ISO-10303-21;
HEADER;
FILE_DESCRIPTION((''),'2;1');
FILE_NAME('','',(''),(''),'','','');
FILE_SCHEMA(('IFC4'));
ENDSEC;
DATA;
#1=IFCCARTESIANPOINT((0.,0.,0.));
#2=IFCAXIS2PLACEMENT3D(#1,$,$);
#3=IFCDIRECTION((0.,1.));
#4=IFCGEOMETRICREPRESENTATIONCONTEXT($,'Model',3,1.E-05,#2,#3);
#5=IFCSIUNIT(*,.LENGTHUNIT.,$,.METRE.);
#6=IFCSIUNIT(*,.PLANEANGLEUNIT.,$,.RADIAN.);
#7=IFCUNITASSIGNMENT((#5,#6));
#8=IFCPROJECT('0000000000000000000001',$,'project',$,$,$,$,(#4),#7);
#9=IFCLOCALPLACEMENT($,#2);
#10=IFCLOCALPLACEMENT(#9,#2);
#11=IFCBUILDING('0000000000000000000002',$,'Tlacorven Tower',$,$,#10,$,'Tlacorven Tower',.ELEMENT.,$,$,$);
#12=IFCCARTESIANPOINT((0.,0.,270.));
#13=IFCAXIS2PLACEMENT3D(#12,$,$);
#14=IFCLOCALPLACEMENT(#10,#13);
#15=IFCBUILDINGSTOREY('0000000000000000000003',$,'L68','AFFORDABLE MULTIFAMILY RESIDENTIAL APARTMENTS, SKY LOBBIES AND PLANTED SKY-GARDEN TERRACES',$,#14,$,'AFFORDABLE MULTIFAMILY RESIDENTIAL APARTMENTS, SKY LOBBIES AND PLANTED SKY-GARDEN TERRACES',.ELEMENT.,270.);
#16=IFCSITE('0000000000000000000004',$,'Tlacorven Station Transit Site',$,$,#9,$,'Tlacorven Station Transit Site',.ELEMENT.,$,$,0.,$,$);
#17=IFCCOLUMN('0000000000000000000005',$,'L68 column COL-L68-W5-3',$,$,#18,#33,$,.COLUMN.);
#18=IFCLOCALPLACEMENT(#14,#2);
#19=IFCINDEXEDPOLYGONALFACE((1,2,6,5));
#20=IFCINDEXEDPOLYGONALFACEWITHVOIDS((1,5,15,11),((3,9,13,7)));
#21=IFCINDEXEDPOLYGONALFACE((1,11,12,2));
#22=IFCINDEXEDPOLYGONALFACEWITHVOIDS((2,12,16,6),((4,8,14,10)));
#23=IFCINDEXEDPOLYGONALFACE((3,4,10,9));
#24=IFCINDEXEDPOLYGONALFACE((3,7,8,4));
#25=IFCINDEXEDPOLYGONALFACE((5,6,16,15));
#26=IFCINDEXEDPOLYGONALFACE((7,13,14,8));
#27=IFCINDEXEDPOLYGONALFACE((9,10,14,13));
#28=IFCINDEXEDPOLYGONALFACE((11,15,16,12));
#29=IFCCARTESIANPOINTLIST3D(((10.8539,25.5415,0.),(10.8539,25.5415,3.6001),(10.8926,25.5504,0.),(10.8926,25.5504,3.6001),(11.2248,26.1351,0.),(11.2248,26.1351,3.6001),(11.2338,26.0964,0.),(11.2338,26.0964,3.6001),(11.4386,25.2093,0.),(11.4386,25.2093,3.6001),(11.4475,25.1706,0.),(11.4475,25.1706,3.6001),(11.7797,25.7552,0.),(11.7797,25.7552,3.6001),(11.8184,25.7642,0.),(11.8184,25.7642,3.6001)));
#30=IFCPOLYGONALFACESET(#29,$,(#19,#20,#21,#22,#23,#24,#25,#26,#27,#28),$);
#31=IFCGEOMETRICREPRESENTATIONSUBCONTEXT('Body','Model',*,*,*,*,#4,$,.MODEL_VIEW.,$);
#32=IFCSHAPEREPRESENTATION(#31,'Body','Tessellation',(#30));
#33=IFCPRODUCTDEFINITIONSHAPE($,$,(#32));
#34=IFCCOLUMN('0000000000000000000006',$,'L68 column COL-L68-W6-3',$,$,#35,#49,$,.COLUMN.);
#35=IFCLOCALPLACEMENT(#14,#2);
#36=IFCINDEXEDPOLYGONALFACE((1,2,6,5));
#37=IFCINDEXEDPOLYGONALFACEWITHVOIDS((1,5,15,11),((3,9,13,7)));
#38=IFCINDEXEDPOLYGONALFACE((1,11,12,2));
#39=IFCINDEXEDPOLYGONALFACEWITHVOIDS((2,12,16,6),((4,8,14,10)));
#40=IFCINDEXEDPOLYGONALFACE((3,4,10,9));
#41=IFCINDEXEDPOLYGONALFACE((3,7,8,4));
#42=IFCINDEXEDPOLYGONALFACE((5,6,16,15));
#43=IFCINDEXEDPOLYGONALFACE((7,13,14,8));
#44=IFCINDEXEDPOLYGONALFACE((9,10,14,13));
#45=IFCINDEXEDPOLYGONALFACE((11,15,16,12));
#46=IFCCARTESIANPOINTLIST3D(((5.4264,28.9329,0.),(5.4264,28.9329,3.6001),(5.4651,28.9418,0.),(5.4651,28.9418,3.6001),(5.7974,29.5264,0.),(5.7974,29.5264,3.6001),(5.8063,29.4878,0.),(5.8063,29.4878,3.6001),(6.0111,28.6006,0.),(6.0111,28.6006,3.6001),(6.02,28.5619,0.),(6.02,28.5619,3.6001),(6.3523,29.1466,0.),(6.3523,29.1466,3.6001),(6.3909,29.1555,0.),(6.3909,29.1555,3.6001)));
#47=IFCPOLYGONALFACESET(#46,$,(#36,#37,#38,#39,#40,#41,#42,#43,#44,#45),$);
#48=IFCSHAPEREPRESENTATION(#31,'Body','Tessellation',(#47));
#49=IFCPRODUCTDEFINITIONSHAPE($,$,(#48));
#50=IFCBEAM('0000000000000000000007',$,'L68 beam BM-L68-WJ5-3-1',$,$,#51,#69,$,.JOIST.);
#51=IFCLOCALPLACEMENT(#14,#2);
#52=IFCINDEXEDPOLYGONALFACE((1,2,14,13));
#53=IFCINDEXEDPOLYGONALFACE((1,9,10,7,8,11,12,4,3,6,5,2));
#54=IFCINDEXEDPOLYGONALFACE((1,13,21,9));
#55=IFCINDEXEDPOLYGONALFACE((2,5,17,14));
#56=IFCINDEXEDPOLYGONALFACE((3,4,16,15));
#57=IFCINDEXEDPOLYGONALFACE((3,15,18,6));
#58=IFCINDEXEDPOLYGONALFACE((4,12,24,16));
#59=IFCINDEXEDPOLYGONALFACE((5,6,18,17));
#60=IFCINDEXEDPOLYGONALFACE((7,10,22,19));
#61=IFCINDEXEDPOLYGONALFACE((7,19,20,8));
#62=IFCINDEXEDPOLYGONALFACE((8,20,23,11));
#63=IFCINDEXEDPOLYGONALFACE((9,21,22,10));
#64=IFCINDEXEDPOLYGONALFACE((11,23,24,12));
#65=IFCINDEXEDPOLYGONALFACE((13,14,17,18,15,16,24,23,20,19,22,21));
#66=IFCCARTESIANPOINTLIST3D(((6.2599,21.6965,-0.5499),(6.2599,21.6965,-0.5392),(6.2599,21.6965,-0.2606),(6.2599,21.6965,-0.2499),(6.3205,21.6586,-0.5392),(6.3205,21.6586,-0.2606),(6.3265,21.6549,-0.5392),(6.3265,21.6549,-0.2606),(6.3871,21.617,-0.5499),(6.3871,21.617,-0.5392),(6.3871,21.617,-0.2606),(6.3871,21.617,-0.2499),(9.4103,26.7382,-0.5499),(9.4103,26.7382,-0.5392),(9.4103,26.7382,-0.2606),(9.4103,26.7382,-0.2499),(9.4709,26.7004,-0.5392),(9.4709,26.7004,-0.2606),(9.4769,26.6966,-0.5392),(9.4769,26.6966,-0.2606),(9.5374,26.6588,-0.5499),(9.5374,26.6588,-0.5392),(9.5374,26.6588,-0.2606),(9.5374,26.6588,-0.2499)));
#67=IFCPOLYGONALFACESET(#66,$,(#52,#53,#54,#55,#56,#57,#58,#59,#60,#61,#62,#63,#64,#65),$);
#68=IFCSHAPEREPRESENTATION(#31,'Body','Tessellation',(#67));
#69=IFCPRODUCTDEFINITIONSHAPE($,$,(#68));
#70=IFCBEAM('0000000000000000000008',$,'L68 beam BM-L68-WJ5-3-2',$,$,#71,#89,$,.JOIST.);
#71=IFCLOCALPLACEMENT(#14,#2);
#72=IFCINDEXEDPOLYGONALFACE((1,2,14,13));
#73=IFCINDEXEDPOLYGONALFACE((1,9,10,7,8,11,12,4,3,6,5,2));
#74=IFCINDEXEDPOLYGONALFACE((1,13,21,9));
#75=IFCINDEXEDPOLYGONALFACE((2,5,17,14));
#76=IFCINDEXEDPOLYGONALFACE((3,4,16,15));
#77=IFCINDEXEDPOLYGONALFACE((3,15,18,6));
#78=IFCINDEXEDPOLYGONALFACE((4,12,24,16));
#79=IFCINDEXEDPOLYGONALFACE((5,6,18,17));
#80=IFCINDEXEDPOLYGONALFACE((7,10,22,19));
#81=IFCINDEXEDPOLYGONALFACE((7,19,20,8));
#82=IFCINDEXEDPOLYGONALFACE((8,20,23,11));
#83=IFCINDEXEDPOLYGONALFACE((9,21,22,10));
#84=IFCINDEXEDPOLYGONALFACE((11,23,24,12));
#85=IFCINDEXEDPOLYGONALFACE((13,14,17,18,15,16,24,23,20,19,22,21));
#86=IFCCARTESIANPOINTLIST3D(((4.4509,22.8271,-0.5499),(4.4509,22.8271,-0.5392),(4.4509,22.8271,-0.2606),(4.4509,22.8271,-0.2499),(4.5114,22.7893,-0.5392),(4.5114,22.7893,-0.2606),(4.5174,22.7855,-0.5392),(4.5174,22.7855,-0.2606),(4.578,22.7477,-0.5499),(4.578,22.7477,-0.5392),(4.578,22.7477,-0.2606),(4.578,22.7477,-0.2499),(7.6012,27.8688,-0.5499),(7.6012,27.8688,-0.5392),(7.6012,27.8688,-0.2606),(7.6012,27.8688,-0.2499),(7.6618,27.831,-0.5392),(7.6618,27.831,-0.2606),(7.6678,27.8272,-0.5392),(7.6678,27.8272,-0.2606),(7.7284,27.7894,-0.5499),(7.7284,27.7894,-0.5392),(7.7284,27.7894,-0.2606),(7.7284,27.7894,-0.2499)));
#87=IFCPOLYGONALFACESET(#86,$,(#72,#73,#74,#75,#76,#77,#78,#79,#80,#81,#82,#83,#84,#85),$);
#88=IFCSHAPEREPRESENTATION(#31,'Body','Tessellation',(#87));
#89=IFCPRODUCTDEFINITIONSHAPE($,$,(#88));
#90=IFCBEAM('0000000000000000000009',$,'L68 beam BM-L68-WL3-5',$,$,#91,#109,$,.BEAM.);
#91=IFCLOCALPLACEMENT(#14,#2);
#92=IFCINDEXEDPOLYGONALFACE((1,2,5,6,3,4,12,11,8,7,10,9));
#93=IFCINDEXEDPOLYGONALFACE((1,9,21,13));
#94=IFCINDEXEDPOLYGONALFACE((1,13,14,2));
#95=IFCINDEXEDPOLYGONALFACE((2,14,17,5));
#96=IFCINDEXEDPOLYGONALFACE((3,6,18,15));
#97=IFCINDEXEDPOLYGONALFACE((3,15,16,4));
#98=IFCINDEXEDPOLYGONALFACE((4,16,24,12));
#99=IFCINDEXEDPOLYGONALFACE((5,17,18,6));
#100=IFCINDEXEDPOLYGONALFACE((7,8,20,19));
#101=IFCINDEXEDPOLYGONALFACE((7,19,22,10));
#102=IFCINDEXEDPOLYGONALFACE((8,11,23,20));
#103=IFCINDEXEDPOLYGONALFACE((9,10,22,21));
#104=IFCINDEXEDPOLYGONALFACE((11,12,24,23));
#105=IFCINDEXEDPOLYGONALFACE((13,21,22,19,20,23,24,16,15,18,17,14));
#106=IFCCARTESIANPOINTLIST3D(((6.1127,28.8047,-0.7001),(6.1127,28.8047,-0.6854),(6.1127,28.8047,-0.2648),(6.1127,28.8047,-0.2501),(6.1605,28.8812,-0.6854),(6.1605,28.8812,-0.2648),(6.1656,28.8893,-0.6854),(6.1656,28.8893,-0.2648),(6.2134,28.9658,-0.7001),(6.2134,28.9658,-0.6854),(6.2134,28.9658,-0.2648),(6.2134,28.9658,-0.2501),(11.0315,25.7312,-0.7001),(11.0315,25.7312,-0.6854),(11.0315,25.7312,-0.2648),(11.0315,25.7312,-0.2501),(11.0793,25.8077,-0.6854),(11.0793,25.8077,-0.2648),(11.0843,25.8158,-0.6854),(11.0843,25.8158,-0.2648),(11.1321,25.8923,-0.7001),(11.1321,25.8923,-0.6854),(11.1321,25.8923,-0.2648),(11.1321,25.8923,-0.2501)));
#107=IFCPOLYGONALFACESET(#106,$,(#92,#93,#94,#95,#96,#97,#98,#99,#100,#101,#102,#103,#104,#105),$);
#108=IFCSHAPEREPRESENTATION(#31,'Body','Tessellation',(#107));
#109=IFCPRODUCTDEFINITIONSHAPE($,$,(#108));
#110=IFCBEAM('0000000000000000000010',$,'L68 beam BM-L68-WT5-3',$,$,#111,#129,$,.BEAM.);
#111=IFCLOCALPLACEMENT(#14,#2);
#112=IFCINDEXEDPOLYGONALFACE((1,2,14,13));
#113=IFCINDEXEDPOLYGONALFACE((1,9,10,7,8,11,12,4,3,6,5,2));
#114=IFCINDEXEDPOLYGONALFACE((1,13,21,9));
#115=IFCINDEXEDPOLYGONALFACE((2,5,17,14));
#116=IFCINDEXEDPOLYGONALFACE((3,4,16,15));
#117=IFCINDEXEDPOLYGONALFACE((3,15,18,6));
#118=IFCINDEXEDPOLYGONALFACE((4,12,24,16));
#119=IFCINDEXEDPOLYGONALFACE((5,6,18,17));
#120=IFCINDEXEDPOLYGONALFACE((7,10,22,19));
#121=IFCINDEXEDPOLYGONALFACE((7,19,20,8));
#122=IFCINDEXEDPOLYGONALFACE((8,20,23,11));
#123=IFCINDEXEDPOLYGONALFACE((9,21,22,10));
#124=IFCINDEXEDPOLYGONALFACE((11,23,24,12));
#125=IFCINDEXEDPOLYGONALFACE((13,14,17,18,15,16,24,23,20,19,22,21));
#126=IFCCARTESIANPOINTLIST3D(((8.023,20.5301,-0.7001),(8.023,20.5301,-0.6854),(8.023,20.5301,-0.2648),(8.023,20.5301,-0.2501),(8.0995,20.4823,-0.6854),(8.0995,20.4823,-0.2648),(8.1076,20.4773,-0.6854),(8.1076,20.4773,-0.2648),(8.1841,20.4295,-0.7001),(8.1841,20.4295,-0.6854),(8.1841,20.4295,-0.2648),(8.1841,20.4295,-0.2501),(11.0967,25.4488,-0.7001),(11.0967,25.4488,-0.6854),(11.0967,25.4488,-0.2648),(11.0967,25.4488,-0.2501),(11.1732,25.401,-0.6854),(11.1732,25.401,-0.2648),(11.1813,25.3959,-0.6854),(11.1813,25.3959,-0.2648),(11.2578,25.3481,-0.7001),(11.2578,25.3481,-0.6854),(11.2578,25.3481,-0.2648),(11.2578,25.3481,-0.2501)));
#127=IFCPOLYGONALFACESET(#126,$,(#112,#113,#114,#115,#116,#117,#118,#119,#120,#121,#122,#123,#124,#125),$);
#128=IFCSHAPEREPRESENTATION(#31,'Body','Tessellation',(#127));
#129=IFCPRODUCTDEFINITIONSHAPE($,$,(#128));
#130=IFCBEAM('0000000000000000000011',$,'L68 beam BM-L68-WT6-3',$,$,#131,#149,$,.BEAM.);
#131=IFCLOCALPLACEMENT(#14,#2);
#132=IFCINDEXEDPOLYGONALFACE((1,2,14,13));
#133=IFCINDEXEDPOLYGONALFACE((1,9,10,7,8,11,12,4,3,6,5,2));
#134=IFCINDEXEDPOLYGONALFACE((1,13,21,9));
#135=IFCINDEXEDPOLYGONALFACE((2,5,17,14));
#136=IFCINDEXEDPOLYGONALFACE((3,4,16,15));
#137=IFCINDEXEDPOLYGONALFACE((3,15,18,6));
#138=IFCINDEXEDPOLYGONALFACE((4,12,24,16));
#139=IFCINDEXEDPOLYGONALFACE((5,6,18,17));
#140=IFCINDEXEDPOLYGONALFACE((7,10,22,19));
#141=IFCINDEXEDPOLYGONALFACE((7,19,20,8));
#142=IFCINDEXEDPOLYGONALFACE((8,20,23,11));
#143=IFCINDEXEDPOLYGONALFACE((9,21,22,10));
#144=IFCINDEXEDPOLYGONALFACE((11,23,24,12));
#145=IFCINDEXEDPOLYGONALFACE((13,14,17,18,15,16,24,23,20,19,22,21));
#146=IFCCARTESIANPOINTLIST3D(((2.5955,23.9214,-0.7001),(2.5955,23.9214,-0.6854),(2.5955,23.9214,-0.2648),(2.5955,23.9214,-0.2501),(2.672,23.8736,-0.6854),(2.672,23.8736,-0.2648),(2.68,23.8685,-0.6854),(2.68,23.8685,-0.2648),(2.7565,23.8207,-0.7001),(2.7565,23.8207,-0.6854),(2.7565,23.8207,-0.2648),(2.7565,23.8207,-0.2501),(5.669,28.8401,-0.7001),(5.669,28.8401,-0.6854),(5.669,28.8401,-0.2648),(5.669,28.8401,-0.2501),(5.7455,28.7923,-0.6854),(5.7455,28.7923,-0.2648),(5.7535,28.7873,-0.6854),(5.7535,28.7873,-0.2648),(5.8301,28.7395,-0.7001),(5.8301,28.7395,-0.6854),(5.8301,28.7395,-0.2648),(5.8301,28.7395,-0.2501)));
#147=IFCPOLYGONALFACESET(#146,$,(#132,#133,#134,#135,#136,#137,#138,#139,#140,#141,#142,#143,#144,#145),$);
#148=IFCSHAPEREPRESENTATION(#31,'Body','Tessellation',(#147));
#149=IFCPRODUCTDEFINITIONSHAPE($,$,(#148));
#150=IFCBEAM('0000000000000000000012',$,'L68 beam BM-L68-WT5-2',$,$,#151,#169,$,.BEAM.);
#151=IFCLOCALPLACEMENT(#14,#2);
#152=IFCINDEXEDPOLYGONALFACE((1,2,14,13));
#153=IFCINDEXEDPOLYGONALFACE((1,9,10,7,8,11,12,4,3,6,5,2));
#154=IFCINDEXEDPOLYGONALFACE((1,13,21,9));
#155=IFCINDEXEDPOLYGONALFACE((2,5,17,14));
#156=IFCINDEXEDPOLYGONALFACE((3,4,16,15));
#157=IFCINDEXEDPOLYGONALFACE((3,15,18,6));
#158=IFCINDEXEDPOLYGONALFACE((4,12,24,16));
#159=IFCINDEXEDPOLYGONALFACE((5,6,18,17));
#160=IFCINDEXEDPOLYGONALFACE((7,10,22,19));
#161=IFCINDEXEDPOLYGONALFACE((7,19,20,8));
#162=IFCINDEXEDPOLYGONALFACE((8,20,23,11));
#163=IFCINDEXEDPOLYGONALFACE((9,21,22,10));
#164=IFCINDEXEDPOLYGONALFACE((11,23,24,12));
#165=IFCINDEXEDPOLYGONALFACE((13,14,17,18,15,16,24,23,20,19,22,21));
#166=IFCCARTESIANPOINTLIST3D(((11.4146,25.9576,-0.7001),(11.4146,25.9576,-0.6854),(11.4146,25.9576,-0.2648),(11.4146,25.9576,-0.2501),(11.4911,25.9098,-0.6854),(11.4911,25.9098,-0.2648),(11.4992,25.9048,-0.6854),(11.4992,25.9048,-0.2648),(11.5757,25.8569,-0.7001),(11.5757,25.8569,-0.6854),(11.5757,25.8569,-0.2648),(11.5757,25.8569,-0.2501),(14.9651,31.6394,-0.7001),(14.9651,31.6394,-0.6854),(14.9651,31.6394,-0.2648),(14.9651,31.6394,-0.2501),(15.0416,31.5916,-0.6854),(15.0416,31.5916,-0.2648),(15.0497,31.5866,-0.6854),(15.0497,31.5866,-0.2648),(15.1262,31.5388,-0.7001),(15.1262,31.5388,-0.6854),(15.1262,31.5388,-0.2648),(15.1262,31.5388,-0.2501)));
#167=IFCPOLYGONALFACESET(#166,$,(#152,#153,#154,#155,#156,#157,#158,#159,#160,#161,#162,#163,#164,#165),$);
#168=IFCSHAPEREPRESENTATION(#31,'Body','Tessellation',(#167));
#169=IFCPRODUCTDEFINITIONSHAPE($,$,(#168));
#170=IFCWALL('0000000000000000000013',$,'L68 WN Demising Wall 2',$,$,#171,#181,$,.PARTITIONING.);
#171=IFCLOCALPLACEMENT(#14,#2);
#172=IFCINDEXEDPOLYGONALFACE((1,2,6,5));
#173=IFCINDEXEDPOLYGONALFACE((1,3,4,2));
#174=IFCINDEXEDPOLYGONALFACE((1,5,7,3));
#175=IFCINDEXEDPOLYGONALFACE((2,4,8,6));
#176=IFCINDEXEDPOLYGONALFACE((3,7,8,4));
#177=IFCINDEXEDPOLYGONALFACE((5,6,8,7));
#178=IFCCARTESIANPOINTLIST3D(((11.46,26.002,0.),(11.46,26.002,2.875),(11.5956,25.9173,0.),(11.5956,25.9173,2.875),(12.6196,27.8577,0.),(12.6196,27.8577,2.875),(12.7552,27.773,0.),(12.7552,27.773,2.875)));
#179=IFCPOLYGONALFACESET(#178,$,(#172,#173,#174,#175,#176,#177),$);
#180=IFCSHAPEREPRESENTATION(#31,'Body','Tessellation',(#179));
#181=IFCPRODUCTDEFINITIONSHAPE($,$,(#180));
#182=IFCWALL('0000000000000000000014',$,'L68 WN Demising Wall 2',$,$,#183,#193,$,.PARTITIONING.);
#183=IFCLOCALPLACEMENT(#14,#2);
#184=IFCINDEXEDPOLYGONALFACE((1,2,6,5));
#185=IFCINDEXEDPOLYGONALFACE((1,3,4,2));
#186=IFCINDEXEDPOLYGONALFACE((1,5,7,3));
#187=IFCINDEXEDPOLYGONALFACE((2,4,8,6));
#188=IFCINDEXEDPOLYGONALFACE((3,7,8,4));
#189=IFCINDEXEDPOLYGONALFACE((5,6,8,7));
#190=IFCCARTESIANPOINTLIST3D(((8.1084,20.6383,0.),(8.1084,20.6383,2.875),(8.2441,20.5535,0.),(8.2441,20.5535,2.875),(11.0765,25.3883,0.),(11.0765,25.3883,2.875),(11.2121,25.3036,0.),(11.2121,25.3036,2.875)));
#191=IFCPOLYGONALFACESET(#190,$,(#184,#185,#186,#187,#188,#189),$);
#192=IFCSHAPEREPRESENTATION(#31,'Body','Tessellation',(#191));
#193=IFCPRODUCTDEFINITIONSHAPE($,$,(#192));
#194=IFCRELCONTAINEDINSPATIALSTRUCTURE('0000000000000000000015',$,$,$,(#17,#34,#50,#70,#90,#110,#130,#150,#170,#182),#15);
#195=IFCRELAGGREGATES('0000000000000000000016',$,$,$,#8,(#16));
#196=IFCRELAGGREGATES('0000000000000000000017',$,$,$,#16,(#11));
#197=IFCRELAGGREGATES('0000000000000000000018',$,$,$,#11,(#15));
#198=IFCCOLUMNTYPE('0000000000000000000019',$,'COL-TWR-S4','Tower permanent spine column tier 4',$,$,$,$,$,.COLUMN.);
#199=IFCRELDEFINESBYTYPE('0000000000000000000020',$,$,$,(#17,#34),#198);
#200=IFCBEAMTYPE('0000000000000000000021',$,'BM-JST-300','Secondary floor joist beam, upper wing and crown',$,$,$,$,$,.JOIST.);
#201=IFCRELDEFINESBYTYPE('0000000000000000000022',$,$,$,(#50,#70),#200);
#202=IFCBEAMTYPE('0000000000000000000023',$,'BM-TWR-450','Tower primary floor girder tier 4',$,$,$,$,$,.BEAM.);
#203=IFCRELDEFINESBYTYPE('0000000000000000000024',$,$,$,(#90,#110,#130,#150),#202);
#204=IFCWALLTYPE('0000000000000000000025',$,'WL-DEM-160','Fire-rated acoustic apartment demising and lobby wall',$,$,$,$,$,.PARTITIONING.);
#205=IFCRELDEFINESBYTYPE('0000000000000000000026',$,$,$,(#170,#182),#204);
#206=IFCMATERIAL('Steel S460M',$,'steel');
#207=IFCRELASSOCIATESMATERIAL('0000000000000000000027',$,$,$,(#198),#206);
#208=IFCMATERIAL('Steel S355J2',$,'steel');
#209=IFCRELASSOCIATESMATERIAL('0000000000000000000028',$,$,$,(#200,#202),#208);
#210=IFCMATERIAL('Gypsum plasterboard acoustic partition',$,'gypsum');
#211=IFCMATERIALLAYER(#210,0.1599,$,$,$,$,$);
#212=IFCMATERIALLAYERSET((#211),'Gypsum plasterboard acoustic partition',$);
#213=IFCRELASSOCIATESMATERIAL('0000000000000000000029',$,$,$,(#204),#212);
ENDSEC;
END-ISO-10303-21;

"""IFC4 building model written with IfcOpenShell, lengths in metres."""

from ifc_helpers import new_model, si_unit, direction, frame, frame_2d, origin, origin_2d, place, context, subcontext, project, spatial, rectangle, hollow_rectangle, i_section, extrude, source, transform, mapped, material, layer, layer_set, material_profile, profile_set, type_object, element, save


model = new_model("IFC4")

# Units and contexts
model_context = context("Model", 3, precision=1e-05, world=origin(), true_north=direction((0.0, 1.0)))
body_context = subcontext(model_context, "Body", "Model", "MODEL_VIEW")
ifc_project = project(units=[si_unit("LENGTHUNIT", "METRE"), si_unit("PLANEANGLEUNIT", "RADIAN")], contexts=[model_context])

# Site, building, storey
site_placement = place(None, origin())
site = spatial("IfcSite", under=ifc_project, at=site_placement, Name="Tlacorven Station Transit Site", LongName="Tlacorven Station Transit Site", CompositionType="ELEMENT", RefElevation=0.0)
building_placement = place(site_placement, origin())
building = spatial("IfcBuilding", under=site, at=building_placement, Name="Tlacorven Tower", LongName="Tlacorven Tower", CompositionType="ELEMENT")
storey_placement = place(building_placement, frame((0.0, 0.0, 270.0)))
storey = spatial("IfcBuildingStorey", under=building, at=storey_placement, Name="L68", Description="AFFORDABLE MULTIFAMILY RESIDENTIAL APARTMENTS, SKY LOBBIES AND PLANTED SKY-GARDEN TERRACES", LongName="AFFORDABLE MULTIFAMILY RESIDENTIAL APARTMENTS, SKY LOBBIES AND PLANTED SKY-GARDEN TERRACES", CompositionType="ELEMENT", Elevation=270.0)

# Columns
ifc_material_1 = material(Name="Steel S460M", Category="steel")
ifc_material_profile_1 = material_profile(ifc_material_1, hollow_rectangle(XDim=0.7, YDim=0.7, WallThickness=0.0281, at=origin_2d()), Name="BOX 700X700X28")
ifc_profile_set_1 = profile_set([ifc_material_profile_1], Name="Steel S460M")
column_type = type_object("IfcColumnType", Name="COL-TWR-S4", Description="Tower permanent spine column tier 4", PredefinedType="COLUMN", material=ifc_profile_set_1)
shared_shape_1 = source(origin(), body_context, "Body", "SweptSolid", [
    extrude(hollow_rectangle(XDim=0.7, YDim=0.7, WallThickness=0.0281, at=origin_2d()), origin(), (0.0, 0.0, 1.0), 3.6001),
])
for number, where, z_axis, x_axis, name in (
    (1, (11.3362, 25.6528, 0.0), (0.0, 0.0, 1.0), (-0.848048, 0.529919, 0.0), "L68 column COL-L68-W5-3"),
    (2, (5.9087, 29.0442, 0.0), (0.0, 0.0, 1.0), (-0.848048, 0.529919, 0.0), "L68 column COL-L68-W6-3"),
):
    element("IfcColumn", number, at=place(storey_placement, frame(where, z_axis=z_axis, x_axis=x_axis)), inside=storey, type_object=column_type, Name=name, PredefinedType="COLUMN", context=body_context, shape_type="MappedRepresentation", body=[
        mapped(shared_shape_1, transform((0.0, 0.0, 0.0), scale=1.0)),
    ])

# Beams
ifc_material_2 = material(Name="Steel S355J2", Category="steel")
ifc_material_profile_2 = material_profile(ifc_material_2, i_section(OverallWidth=0.1499, OverallDepth=0.3, WebThickness=0.0071, FlangeThickness=0.0107, at=origin_2d()), Name="IPE 300")
ifc_profile_set_2 = profile_set([ifc_material_profile_2], Name="Steel S355J2")
beam_type_1 = type_object("IfcBeamType", Name="BM-JST-300", Description="Secondary floor joist beam, upper wing and crown", PredefinedType="JOIST", material=ifc_profile_set_2)
shared_shape_2 = source(origin(), body_context, "Body", "SweptSolid", [
    extrude(i_section(OverallWidth=0.1499, OverallDepth=0.3, WebThickness=0.0071, FlangeThickness=0.0107, at=origin_2d()), origin(), (0.0, 0.0, 1.0), 5.9451),
])
for number, where, z_axis, x_axis, name in (
    (3, (9.4739, 26.6985, -0.3999), (-0.529914, -0.848051, 0.0), (0.848051, -0.529914, 0.0), "L68 beam BM-L68-WJ5-3-1"),
    (4, (7.6648, 27.8291, -0.3999), (-0.529914, -0.848051, 0.0), (0.848051, -0.529914, 0.0), "L68 beam BM-L68-WJ5-3-2"),
):
    element("IfcBeam", number, at=place(storey_placement, frame(where, z_axis=z_axis, x_axis=x_axis)), inside=storey, type_object=beam_type_1, Name=name, PredefinedType="JOIST", context=body_context, shape_type="MappedRepresentation", body=[
        mapped(shared_shape_2, transform((0.0, 0.0, 0.0), scale=1.0)),
    ])
ifc_material_profile_3 = material_profile(ifc_material_2, i_section(OverallWidth=0.1899, OverallDepth=0.45, WebThickness=0.0095, FlangeThickness=0.0146, at=origin_2d()), Name="IPE 450")
ifc_profile_set_3 = profile_set([ifc_material_profile_3], Name="Steel S355J2")
beam_type_2 = type_object("IfcBeamType", Name="BM-TWR-450", Description="Tower primary floor girder tier 4", PredefinedType="BEAM", material=ifc_profile_set_3)
shared_shape_3 = source(origin(), body_context, "Body", "SweptSolid", [
    extrude(i_section(OverallWidth=0.1899, OverallDepth=0.45, WebThickness=0.0095, FlangeThickness=0.0146, at=origin_2d()), origin(), (0.0, 0.0, 1.0), 5.8),
])
for number, where, z_axis, x_axis, name in (
    (5, (11.0818, 25.8118, -0.4751), (-0.848053, 0.529912, 0.0), (-0.529912, -0.848053, 0.0), "L68 beam BM-L68-WL3-5"),
    (6, (11.1772, 25.3984, -0.4751), (-0.529942, -0.848034, 0.0), (0.848034, -0.529942, 0.0), "L68 beam BM-L68-WT5-3"),
    (7, (5.7495, 28.7898, -0.4751), (-0.529912, -0.848053, 0.0), (0.848053, -0.529912, 0.0), "L68 beam BM-L68-WT6-3"),
):
    element("IfcBeam", number, at=place(storey_placement, frame(where, z_axis=z_axis, x_axis=x_axis)), inside=storey, type_object=beam_type_2, Name=name, PredefinedType="BEAM", context=body_context, shape_type="MappedRepresentation", body=[
        mapped(shared_shape_3, transform((0.0, 0.0, 0.0), scale=1.0)),
    ])
shared_shape_4 = source(origin(), body_context, "Body", "SweptSolid", [
    extrude(i_section(OverallWidth=0.1899, OverallDepth=0.45, WebThickness=0.0095, FlangeThickness=0.0146, at=origin_2d()), origin(), (0.0, 0.0, 1.0), 6.7),
])
beam_placement = place(storey_placement, frame((15.0457, 31.5891, -0.4751), z_axis=(-0.52993, -0.848041, 0.0), x_axis=(0.848041, -0.52993, 0.0)))
element("IfcBeam", 8, at=beam_placement, inside=storey, type_object=beam_type_2, Name="L68 beam BM-L68-WT5-2", PredefinedType="BEAM", context=body_context, shape_type="MappedRepresentation", body=[
    mapped(shared_shape_4, transform((0.0, 0.0, 0.0), scale=1.0)),
])

# Walls
ifc_material_3 = material(Name="Gypsum plasterboard acoustic partition", Category="gypsum")
ifc_layer_1 = layer(ifc_material_3, 0.1599)
ifc_layer_set_1 = layer_set([ifc_layer_1], Name="Gypsum plasterboard acoustic partition")
wall_type_1 = type_object("IfcWallType", Name="WL-DEM-160", Description="Fire-rated acoustic apartment demising and lobby wall", PredefinedType="PARTITIONING", material=ifc_layer_set_1)
wall_1_placement = place(storey_placement, frame((12.6875, 27.8154, 0.0), z_axis=(0.0, 0.0, 1.0), x_axis=(-0.529949, -0.84803, 0.0)))
element("IfcWall", 9, at=wall_1_placement, inside=storey, type_object=wall_type_1, Name="L68 WN Demising Wall 2", PredefinedType="PARTITIONING", context=body_context, shape_type="SweptSolid", body=[
    extrude(rectangle(XDim=2.1882, YDim=0.1599, at=frame_2d((1.0942, 0.0))), origin(), (0.0, 0.0, 1.0), 2.875),
])
wall_2_placement = place(storey_placement, frame((11.1443, 25.3459, 0.0), z_axis=(0.0, 0.0, 1.0), x_axis=(-0.529905, -0.848057, 0.0)))
element("IfcWall", 10, at=wall_2_placement, inside=storey, type_object=wall_type_1, Name="L68 WN Demising Wall 2", PredefinedType="PARTITIONING", context=body_context, shape_type="SweptSolid", body=[
    extrude(rectangle(XDim=5.6011, YDim=0.1599, at=frame_2d((2.8005, 0.0))), origin(), (0.0, 0.0, 1.0), 2.875),
])

save(model, "model.ifc")
